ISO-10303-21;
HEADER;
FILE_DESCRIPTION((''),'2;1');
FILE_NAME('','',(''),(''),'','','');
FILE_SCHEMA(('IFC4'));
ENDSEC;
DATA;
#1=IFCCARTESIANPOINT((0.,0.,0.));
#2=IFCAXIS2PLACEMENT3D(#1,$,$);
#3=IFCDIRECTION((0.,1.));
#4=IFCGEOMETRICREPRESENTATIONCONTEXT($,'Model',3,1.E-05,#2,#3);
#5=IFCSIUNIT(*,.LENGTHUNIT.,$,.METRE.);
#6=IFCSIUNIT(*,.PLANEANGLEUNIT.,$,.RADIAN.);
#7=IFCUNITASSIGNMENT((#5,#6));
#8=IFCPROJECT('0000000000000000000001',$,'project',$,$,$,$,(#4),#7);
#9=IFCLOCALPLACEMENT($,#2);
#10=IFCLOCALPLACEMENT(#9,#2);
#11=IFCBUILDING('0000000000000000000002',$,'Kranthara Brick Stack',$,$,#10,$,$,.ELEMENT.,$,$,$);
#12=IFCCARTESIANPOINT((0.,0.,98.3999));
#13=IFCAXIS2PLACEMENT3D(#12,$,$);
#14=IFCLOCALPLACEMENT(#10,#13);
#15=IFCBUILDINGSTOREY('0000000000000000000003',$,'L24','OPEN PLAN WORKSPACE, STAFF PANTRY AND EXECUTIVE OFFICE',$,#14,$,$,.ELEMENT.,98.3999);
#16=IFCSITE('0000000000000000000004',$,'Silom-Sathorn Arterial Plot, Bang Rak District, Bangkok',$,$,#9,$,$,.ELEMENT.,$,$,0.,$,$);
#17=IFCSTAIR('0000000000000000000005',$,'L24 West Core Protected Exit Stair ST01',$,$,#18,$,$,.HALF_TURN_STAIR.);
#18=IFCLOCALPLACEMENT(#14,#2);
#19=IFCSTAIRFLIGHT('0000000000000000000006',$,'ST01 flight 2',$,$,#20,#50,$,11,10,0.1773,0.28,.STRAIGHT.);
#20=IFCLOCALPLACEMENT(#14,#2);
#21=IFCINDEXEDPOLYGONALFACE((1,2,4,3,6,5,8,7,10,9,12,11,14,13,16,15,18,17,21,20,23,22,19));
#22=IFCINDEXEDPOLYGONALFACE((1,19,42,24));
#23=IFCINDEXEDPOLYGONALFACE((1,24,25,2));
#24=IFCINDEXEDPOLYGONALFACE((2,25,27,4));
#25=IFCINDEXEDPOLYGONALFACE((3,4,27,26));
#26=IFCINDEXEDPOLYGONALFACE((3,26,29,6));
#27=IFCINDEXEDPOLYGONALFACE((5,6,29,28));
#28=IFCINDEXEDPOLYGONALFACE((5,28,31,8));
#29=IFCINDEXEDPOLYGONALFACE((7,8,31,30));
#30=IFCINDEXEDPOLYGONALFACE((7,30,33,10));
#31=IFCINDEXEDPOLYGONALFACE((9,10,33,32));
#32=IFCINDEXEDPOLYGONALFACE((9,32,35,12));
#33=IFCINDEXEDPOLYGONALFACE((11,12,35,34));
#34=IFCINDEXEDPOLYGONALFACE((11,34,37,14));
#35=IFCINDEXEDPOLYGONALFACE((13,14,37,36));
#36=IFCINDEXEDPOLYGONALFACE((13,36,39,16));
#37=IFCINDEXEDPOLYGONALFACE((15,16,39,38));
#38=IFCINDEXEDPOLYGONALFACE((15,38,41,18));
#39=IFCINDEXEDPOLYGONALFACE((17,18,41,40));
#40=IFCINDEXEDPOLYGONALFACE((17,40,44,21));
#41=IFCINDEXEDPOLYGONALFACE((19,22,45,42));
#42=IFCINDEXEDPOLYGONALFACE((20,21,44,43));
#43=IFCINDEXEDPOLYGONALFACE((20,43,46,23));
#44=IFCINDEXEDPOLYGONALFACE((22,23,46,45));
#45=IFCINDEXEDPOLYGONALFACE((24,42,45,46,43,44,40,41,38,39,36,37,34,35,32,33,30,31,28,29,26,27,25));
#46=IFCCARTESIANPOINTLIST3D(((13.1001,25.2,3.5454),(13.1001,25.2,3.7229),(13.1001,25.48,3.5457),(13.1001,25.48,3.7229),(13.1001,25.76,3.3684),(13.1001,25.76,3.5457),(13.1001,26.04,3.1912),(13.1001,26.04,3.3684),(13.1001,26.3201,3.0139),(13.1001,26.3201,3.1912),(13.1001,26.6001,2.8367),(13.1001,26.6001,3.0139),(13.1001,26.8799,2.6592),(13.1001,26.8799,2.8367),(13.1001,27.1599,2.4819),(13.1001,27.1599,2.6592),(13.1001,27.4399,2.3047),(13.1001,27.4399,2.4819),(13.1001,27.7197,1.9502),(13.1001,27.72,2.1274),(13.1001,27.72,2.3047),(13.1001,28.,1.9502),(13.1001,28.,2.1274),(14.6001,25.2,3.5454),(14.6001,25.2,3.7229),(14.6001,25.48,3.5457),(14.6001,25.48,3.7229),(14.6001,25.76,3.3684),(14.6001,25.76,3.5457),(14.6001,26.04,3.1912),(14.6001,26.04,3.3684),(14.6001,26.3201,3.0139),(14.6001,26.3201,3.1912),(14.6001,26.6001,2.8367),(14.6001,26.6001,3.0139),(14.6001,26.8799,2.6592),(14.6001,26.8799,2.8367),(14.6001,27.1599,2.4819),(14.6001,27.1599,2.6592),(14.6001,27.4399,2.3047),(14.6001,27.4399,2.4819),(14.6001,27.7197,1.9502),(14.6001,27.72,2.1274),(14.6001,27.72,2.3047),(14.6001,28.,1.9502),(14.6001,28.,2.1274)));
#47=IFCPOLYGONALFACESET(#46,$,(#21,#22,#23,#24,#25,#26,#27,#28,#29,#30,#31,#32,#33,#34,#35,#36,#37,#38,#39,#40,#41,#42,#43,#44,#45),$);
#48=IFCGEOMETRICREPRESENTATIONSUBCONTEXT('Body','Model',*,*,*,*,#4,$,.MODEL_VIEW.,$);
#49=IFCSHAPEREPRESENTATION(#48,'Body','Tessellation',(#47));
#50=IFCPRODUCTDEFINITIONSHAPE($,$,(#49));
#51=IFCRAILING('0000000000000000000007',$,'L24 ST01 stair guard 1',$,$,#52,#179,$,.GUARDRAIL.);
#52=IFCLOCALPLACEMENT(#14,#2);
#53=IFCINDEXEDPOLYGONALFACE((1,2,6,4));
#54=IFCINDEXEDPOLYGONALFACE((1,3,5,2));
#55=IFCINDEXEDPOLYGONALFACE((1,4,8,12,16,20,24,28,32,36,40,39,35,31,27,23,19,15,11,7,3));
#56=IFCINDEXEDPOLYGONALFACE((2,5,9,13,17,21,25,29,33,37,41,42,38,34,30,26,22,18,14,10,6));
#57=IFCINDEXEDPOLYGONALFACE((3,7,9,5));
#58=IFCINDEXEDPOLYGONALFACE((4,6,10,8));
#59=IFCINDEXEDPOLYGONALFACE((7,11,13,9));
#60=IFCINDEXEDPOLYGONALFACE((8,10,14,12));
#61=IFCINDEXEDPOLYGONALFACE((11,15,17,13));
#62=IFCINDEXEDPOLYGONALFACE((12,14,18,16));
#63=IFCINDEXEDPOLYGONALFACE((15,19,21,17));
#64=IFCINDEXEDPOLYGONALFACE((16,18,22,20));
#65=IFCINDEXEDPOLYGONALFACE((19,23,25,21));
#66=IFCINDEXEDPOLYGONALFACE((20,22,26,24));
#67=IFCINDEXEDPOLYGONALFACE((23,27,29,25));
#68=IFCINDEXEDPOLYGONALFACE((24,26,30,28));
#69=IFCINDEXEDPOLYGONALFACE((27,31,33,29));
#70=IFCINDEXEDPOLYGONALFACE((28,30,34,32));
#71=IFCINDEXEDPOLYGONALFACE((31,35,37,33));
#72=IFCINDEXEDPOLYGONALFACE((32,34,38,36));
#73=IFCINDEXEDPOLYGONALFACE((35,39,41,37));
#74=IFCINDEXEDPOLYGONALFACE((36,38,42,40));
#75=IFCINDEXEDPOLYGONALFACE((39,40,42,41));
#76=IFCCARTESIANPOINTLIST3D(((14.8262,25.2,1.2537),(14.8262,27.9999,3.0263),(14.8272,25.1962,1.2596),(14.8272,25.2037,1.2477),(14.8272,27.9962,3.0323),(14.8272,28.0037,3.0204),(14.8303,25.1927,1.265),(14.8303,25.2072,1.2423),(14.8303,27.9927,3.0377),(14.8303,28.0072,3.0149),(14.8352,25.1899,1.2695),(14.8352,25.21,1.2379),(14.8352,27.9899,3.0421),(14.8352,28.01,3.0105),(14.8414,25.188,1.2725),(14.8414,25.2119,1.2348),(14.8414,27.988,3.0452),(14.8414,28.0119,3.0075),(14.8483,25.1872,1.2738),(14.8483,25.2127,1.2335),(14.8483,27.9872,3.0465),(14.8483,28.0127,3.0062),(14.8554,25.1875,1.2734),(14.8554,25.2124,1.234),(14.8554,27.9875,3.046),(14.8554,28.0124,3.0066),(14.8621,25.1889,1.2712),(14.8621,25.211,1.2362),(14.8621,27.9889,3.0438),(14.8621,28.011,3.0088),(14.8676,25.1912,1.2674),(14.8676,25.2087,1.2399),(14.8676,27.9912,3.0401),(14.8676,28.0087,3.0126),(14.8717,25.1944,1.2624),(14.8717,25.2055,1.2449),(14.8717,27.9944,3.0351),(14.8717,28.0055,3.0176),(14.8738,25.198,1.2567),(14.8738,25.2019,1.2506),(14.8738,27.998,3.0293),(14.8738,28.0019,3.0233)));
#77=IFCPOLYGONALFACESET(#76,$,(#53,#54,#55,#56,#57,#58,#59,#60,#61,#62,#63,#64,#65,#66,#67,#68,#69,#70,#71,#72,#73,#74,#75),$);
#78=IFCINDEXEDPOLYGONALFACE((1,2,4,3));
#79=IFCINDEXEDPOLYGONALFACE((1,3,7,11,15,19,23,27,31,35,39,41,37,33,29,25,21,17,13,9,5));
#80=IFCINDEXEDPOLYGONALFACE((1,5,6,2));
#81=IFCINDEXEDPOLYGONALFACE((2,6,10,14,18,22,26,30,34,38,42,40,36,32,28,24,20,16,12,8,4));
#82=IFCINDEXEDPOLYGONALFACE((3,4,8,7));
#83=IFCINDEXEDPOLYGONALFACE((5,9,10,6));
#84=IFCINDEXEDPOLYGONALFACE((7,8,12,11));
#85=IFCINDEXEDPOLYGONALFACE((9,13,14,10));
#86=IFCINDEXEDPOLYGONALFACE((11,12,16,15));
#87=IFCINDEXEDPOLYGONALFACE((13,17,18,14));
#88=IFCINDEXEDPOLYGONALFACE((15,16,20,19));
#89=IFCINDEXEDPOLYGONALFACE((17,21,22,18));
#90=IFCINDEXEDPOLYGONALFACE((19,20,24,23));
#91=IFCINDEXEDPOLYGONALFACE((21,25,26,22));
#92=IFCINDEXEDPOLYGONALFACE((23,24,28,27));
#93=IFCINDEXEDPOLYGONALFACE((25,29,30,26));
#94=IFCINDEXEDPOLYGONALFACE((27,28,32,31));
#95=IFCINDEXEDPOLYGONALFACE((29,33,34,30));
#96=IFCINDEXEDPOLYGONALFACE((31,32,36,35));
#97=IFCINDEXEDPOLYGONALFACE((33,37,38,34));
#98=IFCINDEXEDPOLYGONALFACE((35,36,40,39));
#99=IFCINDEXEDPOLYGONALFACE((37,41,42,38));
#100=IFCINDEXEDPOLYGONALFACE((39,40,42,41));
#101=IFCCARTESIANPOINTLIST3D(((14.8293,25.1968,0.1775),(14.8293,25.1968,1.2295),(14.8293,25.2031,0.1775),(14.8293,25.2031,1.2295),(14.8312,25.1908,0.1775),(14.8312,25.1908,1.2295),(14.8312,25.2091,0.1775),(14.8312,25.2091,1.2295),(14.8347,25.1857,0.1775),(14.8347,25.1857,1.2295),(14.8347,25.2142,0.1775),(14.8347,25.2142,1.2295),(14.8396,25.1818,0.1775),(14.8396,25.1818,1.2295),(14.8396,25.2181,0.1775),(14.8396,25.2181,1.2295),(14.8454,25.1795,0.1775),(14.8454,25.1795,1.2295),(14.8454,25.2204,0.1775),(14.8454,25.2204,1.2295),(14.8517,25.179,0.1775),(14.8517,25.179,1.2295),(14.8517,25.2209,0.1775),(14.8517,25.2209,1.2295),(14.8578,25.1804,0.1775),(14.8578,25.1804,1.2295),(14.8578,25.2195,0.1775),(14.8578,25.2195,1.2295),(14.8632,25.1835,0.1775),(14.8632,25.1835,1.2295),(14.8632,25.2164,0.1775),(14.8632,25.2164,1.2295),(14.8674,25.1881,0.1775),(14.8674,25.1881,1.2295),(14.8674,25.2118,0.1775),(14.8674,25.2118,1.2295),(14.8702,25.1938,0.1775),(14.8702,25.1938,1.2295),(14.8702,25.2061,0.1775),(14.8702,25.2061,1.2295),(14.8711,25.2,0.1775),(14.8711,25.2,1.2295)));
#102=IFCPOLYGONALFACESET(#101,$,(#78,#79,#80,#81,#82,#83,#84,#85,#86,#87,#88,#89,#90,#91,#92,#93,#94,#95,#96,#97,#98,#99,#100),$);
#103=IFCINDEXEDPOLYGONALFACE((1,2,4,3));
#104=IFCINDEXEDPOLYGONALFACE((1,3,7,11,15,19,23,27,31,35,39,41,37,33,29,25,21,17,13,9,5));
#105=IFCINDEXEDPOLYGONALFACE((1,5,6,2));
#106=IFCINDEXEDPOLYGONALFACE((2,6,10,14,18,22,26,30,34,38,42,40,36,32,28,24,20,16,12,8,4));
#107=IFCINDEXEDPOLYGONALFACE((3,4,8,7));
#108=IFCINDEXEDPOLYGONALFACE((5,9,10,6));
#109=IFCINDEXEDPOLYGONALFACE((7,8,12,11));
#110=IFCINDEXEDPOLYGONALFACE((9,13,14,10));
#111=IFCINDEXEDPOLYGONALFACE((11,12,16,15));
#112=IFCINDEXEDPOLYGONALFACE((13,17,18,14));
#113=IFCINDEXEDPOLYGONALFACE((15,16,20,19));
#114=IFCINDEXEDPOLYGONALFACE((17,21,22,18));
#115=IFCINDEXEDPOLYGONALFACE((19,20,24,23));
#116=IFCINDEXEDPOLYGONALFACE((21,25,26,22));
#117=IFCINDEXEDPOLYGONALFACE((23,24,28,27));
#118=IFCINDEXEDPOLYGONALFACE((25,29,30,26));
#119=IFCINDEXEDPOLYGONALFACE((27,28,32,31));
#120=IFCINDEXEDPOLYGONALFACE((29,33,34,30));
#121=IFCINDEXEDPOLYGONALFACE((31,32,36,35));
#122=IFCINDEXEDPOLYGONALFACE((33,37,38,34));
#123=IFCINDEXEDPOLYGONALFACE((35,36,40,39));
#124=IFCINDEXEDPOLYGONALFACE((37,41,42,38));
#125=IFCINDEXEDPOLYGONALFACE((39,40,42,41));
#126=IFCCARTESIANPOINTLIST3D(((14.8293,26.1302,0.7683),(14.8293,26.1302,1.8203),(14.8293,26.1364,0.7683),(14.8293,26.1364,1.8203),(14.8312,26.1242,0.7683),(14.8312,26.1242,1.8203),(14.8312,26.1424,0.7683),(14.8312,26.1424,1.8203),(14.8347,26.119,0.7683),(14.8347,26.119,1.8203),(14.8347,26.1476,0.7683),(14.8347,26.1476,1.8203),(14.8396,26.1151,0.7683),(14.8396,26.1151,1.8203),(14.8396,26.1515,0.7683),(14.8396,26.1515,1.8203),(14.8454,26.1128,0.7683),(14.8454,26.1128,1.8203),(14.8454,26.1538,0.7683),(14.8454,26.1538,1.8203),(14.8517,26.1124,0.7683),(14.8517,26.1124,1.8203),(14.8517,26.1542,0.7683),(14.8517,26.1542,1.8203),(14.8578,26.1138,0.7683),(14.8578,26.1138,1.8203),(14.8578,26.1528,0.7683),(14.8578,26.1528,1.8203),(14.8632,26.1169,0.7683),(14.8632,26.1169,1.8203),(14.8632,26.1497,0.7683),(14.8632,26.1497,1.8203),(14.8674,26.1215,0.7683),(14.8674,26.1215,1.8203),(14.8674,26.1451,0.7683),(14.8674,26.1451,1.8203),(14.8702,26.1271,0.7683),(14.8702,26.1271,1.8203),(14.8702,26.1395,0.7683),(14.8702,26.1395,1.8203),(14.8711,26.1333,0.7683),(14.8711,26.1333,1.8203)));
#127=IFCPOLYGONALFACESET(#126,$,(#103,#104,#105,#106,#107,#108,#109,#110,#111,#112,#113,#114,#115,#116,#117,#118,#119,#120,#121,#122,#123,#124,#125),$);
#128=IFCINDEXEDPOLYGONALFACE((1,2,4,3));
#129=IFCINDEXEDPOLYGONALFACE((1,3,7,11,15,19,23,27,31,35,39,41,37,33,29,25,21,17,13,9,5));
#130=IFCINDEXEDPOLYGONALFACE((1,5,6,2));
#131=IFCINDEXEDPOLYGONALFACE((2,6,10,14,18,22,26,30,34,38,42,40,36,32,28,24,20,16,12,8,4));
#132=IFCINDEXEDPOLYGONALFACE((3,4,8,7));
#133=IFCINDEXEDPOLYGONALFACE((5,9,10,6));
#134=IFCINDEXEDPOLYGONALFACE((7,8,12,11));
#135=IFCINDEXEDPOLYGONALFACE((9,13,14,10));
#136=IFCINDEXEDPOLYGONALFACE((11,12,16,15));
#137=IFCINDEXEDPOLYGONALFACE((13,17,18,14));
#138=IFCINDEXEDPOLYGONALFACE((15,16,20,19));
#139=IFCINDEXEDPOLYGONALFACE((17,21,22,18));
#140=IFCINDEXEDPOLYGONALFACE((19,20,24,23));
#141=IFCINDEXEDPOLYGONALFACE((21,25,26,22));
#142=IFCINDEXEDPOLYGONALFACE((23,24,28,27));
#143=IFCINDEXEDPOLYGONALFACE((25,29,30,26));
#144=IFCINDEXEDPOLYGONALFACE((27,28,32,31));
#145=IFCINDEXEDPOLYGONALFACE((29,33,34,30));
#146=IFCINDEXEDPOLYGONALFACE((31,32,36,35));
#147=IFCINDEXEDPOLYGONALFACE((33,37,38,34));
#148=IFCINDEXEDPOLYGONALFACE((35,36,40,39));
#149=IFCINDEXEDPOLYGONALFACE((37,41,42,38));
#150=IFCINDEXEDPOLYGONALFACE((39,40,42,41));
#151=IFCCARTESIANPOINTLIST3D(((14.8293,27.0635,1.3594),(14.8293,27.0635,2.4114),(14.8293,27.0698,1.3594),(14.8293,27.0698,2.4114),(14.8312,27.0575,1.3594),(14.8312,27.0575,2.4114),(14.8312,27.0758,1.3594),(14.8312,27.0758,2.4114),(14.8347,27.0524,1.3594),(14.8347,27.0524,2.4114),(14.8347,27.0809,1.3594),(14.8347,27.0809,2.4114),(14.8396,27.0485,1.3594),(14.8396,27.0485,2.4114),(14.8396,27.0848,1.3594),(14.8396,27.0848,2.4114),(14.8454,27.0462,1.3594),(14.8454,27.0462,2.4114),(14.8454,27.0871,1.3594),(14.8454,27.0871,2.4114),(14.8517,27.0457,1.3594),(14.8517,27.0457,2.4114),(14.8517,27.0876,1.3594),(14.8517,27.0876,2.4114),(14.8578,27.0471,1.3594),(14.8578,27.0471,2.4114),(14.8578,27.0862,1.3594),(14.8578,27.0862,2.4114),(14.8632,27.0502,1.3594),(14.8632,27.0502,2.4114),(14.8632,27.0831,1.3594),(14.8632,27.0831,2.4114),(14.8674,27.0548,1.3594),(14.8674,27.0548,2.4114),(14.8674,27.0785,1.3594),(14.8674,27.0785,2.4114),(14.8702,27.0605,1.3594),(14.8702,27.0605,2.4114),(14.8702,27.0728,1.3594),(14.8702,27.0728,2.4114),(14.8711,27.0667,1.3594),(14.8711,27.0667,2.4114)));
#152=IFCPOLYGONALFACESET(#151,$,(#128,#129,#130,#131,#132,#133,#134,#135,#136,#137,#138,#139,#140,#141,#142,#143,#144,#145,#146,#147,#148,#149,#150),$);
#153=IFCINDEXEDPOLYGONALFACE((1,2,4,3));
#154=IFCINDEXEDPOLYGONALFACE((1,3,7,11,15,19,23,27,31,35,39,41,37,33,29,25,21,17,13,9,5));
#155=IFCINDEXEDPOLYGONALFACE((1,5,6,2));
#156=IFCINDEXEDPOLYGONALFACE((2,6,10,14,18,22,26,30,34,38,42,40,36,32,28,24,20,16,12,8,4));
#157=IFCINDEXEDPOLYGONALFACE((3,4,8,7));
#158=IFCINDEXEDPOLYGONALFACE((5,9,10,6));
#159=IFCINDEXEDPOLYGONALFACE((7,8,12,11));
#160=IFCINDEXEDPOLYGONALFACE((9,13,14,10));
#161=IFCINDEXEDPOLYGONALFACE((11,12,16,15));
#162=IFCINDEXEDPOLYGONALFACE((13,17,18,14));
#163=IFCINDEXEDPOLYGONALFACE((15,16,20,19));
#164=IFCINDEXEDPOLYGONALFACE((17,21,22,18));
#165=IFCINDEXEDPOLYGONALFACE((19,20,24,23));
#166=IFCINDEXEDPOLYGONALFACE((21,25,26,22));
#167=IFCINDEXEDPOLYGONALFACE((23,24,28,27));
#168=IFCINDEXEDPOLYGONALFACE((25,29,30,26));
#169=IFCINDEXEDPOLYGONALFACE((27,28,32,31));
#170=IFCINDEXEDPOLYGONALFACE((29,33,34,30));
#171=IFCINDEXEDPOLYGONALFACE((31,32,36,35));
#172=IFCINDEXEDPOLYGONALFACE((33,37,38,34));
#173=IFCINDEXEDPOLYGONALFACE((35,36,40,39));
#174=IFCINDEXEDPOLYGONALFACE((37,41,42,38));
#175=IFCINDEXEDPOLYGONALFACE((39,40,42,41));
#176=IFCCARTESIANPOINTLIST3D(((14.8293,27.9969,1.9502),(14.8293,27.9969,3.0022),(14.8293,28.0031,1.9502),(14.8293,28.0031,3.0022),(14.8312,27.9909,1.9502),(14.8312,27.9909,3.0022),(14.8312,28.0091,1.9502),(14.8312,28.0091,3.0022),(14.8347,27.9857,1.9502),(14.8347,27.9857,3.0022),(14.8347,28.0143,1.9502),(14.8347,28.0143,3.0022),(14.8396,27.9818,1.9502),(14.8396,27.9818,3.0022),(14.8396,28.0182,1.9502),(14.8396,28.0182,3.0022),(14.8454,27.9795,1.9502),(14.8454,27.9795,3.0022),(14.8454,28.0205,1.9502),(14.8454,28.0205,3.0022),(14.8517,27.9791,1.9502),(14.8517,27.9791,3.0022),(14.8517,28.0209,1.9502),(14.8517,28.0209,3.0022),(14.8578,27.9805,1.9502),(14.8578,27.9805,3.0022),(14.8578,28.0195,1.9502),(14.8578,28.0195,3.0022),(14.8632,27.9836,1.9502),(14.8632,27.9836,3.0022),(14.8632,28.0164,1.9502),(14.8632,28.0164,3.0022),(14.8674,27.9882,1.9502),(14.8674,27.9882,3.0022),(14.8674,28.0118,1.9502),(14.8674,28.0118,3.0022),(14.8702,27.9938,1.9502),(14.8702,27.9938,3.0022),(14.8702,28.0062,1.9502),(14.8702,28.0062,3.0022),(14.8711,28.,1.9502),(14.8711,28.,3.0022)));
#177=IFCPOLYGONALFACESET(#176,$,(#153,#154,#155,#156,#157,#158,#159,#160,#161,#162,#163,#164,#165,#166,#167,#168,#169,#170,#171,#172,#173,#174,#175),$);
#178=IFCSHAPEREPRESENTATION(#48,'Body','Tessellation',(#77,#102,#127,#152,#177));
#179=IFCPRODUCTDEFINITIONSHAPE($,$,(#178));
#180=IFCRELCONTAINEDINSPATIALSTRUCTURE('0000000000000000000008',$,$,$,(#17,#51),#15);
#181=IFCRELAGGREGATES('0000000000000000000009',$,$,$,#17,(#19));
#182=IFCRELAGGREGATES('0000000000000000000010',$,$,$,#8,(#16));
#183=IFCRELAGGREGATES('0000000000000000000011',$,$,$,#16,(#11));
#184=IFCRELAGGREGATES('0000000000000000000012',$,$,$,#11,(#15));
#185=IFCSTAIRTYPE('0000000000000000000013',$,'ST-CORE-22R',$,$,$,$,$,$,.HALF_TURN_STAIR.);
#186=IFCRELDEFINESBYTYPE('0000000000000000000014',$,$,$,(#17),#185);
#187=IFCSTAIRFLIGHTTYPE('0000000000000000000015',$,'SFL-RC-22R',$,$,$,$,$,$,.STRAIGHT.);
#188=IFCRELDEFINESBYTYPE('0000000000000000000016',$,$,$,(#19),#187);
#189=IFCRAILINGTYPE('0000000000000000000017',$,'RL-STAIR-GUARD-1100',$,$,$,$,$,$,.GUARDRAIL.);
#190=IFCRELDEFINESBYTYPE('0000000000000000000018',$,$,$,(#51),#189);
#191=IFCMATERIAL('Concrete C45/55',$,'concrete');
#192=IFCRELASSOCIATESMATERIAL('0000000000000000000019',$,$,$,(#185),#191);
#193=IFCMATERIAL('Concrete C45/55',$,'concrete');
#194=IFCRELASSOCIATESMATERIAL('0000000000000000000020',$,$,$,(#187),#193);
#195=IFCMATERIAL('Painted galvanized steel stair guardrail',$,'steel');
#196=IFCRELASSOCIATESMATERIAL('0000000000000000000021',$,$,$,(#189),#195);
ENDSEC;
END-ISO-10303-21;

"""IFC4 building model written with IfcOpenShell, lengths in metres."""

from ifc_helpers import new_model, si_unit, direction, frame, origin, origin_2d, place, context, subcontext, project, spatial, polyline, circle, outline, extrude, material, type_object, element, aggregate, save


model = new_model("IFC4")

# Units and contexts
model_context = context("Model", 3, precision=1e-05, world=origin(), true_north=direction((0.0, 1.0)))
body_context = subcontext(model_context, "Body", "Model", "MODEL_VIEW")
ifc_project = project(units=[si_unit("LENGTHUNIT", "METRE"), si_unit("PLANEANGLEUNIT", "RADIAN")], contexts=[model_context])

# Site, building, storey
site_placement = place(None, origin())
site = spatial("IfcSite", under=ifc_project, at=site_placement, Name="Silom-Sathorn Arterial Plot, Bang Rak District, Bangkok", CompositionType="ELEMENT", RefElevation=0.0)
building_placement = place(site_placement, origin())
building = spatial("IfcBuilding", under=site, at=building_placement, Name="Kranthara Brick Stack", CompositionType="ELEMENT")
storey_placement = place(building_placement, frame((0.0, 0.0, 98.3999)))
storey = spatial("IfcBuildingStorey", under=building, at=storey_placement, Name="L24", Description="OPEN PLAN WORKSPACE, STAFF PANTRY AND EXECUTIVE OFFICE", CompositionType="ELEMENT", Elevation=98.3999)

# Stair, stair flight
ifc_material_1 = material(Name="Concrete C45/55", Category="concrete")
stair_type = type_object("IfcStairType", Name="ST-CORE-22R", PredefinedType="HALF_TURN_STAIR", material=ifc_material_1)
stair_placement = place(storey_placement, origin())
stair = element("IfcStair", 1, at=stair_placement, inside=storey, type_object=stair_type, Name="L24 West Core Protected Exit Stair ST01", PredefinedType="HALF_TURN_STAIR")
ifc_material_2 = material(Name="Concrete C45/55", Category="concrete")
stair_flight_type = type_object("IfcStairFlightType", Name="SFL-RC-22R", PredefinedType="STRAIGHT", material=ifc_material_2)
stair_flight_1_placement = place(storey_placement, frame((13.8501, 28.0, 1.9502), z_axis=(0.0, 0.0, 1.0), x_axis=(0.0, -1.0, 0.0)))
stair_flight_1 = element("IfcStairFlight", 2, at=stair_flight_1_placement, type_object=stair_flight_type, Name="ST01 flight 2", NumberOfRisers=11, NumberOfTreads=10, PredefinedType="STRAIGHT", RiserHeight=0.1773, TreadLength=0.28, context=body_context, shape_type="SweptSolid", body=[
    extrude(outline(polyline([(0.0, 0.0), (0.0, 0.1772), (0.28, 0.1772), (0.28, 0.3545), (0.5601, 0.3545), (0.5601, 0.5317), (0.8401, 0.5317), (0.8401, 0.709), (1.1201, 0.709), (1.1201, 0.8865), (1.3999, 0.8865), (1.3999, 1.0637), (1.6799, 1.0637), (1.6799, 1.241), (1.96, 1.241), (1.96, 1.4182), (2.24, 1.4182), (2.24, 1.5955), (2.52, 1.5955), (2.52, 1.7727), (2.8, 1.7727), (2.8, 1.95), (2.8, 1.5952), (0.2803, 0.0), (0.0, 0.0)])), frame((0.0, 0.75, 0.0), z_axis=(0.0, -1.0, 0.0), x_axis=(1.0, 0.0, 0.0)), (0.0, 0.0, 1.0), 1.5),
])
aggregate(stair, [stair_flight_1])

# Railing
ifc_material_3 = material(Name="Painted galvanized steel stair guardrail", Category="steel")
railing_type_1 = type_object("IfcRailingType", Name="RL-STAIR-GUARD-1100", PredefinedType="GUARDRAIL", material=ifc_material_3)
railing_1_placement = place(storey_placement, frame((14.8501, 25.2, 0.1775)))
element("IfcRailing", 3, at=railing_1_placement, inside=storey, type_object=railing_type_1, Name="L24 ST01 stair guard 1", PredefinedType="GUARDRAIL", context=body_context, shape_type="SweptSolid", body=[
    extrude(circle(Radius=0.0239, at=origin_2d()), frame((0.0, 0.0, 1.0762), z_axis=(0.0, 0.844909, 0.53491), x_axis=(-1.0, 0.0, 0.0)), (0.0, 0.0, 1.0), 3.314),
    extrude(circle(Radius=0.021, at=origin_2d()), origin(), (0.0, 0.0, 1.0), 1.052),
    extrude(circle(Radius=0.021, at=origin_2d()), frame((0.0, 0.9333, 0.5908)), (0.0, 0.0, 1.0), 1.052),
    extrude(circle(Radius=0.021, at=origin_2d()), frame((0.0, 1.8667, 1.1819)), (0.0, 0.0, 1.0), 1.052),
    extrude(circle(Radius=0.021, at=origin_2d()), frame((0.0, 2.8, 1.7727)), (0.0, 0.0, 1.0), 1.052),
])

save(model, "model.ifc")
